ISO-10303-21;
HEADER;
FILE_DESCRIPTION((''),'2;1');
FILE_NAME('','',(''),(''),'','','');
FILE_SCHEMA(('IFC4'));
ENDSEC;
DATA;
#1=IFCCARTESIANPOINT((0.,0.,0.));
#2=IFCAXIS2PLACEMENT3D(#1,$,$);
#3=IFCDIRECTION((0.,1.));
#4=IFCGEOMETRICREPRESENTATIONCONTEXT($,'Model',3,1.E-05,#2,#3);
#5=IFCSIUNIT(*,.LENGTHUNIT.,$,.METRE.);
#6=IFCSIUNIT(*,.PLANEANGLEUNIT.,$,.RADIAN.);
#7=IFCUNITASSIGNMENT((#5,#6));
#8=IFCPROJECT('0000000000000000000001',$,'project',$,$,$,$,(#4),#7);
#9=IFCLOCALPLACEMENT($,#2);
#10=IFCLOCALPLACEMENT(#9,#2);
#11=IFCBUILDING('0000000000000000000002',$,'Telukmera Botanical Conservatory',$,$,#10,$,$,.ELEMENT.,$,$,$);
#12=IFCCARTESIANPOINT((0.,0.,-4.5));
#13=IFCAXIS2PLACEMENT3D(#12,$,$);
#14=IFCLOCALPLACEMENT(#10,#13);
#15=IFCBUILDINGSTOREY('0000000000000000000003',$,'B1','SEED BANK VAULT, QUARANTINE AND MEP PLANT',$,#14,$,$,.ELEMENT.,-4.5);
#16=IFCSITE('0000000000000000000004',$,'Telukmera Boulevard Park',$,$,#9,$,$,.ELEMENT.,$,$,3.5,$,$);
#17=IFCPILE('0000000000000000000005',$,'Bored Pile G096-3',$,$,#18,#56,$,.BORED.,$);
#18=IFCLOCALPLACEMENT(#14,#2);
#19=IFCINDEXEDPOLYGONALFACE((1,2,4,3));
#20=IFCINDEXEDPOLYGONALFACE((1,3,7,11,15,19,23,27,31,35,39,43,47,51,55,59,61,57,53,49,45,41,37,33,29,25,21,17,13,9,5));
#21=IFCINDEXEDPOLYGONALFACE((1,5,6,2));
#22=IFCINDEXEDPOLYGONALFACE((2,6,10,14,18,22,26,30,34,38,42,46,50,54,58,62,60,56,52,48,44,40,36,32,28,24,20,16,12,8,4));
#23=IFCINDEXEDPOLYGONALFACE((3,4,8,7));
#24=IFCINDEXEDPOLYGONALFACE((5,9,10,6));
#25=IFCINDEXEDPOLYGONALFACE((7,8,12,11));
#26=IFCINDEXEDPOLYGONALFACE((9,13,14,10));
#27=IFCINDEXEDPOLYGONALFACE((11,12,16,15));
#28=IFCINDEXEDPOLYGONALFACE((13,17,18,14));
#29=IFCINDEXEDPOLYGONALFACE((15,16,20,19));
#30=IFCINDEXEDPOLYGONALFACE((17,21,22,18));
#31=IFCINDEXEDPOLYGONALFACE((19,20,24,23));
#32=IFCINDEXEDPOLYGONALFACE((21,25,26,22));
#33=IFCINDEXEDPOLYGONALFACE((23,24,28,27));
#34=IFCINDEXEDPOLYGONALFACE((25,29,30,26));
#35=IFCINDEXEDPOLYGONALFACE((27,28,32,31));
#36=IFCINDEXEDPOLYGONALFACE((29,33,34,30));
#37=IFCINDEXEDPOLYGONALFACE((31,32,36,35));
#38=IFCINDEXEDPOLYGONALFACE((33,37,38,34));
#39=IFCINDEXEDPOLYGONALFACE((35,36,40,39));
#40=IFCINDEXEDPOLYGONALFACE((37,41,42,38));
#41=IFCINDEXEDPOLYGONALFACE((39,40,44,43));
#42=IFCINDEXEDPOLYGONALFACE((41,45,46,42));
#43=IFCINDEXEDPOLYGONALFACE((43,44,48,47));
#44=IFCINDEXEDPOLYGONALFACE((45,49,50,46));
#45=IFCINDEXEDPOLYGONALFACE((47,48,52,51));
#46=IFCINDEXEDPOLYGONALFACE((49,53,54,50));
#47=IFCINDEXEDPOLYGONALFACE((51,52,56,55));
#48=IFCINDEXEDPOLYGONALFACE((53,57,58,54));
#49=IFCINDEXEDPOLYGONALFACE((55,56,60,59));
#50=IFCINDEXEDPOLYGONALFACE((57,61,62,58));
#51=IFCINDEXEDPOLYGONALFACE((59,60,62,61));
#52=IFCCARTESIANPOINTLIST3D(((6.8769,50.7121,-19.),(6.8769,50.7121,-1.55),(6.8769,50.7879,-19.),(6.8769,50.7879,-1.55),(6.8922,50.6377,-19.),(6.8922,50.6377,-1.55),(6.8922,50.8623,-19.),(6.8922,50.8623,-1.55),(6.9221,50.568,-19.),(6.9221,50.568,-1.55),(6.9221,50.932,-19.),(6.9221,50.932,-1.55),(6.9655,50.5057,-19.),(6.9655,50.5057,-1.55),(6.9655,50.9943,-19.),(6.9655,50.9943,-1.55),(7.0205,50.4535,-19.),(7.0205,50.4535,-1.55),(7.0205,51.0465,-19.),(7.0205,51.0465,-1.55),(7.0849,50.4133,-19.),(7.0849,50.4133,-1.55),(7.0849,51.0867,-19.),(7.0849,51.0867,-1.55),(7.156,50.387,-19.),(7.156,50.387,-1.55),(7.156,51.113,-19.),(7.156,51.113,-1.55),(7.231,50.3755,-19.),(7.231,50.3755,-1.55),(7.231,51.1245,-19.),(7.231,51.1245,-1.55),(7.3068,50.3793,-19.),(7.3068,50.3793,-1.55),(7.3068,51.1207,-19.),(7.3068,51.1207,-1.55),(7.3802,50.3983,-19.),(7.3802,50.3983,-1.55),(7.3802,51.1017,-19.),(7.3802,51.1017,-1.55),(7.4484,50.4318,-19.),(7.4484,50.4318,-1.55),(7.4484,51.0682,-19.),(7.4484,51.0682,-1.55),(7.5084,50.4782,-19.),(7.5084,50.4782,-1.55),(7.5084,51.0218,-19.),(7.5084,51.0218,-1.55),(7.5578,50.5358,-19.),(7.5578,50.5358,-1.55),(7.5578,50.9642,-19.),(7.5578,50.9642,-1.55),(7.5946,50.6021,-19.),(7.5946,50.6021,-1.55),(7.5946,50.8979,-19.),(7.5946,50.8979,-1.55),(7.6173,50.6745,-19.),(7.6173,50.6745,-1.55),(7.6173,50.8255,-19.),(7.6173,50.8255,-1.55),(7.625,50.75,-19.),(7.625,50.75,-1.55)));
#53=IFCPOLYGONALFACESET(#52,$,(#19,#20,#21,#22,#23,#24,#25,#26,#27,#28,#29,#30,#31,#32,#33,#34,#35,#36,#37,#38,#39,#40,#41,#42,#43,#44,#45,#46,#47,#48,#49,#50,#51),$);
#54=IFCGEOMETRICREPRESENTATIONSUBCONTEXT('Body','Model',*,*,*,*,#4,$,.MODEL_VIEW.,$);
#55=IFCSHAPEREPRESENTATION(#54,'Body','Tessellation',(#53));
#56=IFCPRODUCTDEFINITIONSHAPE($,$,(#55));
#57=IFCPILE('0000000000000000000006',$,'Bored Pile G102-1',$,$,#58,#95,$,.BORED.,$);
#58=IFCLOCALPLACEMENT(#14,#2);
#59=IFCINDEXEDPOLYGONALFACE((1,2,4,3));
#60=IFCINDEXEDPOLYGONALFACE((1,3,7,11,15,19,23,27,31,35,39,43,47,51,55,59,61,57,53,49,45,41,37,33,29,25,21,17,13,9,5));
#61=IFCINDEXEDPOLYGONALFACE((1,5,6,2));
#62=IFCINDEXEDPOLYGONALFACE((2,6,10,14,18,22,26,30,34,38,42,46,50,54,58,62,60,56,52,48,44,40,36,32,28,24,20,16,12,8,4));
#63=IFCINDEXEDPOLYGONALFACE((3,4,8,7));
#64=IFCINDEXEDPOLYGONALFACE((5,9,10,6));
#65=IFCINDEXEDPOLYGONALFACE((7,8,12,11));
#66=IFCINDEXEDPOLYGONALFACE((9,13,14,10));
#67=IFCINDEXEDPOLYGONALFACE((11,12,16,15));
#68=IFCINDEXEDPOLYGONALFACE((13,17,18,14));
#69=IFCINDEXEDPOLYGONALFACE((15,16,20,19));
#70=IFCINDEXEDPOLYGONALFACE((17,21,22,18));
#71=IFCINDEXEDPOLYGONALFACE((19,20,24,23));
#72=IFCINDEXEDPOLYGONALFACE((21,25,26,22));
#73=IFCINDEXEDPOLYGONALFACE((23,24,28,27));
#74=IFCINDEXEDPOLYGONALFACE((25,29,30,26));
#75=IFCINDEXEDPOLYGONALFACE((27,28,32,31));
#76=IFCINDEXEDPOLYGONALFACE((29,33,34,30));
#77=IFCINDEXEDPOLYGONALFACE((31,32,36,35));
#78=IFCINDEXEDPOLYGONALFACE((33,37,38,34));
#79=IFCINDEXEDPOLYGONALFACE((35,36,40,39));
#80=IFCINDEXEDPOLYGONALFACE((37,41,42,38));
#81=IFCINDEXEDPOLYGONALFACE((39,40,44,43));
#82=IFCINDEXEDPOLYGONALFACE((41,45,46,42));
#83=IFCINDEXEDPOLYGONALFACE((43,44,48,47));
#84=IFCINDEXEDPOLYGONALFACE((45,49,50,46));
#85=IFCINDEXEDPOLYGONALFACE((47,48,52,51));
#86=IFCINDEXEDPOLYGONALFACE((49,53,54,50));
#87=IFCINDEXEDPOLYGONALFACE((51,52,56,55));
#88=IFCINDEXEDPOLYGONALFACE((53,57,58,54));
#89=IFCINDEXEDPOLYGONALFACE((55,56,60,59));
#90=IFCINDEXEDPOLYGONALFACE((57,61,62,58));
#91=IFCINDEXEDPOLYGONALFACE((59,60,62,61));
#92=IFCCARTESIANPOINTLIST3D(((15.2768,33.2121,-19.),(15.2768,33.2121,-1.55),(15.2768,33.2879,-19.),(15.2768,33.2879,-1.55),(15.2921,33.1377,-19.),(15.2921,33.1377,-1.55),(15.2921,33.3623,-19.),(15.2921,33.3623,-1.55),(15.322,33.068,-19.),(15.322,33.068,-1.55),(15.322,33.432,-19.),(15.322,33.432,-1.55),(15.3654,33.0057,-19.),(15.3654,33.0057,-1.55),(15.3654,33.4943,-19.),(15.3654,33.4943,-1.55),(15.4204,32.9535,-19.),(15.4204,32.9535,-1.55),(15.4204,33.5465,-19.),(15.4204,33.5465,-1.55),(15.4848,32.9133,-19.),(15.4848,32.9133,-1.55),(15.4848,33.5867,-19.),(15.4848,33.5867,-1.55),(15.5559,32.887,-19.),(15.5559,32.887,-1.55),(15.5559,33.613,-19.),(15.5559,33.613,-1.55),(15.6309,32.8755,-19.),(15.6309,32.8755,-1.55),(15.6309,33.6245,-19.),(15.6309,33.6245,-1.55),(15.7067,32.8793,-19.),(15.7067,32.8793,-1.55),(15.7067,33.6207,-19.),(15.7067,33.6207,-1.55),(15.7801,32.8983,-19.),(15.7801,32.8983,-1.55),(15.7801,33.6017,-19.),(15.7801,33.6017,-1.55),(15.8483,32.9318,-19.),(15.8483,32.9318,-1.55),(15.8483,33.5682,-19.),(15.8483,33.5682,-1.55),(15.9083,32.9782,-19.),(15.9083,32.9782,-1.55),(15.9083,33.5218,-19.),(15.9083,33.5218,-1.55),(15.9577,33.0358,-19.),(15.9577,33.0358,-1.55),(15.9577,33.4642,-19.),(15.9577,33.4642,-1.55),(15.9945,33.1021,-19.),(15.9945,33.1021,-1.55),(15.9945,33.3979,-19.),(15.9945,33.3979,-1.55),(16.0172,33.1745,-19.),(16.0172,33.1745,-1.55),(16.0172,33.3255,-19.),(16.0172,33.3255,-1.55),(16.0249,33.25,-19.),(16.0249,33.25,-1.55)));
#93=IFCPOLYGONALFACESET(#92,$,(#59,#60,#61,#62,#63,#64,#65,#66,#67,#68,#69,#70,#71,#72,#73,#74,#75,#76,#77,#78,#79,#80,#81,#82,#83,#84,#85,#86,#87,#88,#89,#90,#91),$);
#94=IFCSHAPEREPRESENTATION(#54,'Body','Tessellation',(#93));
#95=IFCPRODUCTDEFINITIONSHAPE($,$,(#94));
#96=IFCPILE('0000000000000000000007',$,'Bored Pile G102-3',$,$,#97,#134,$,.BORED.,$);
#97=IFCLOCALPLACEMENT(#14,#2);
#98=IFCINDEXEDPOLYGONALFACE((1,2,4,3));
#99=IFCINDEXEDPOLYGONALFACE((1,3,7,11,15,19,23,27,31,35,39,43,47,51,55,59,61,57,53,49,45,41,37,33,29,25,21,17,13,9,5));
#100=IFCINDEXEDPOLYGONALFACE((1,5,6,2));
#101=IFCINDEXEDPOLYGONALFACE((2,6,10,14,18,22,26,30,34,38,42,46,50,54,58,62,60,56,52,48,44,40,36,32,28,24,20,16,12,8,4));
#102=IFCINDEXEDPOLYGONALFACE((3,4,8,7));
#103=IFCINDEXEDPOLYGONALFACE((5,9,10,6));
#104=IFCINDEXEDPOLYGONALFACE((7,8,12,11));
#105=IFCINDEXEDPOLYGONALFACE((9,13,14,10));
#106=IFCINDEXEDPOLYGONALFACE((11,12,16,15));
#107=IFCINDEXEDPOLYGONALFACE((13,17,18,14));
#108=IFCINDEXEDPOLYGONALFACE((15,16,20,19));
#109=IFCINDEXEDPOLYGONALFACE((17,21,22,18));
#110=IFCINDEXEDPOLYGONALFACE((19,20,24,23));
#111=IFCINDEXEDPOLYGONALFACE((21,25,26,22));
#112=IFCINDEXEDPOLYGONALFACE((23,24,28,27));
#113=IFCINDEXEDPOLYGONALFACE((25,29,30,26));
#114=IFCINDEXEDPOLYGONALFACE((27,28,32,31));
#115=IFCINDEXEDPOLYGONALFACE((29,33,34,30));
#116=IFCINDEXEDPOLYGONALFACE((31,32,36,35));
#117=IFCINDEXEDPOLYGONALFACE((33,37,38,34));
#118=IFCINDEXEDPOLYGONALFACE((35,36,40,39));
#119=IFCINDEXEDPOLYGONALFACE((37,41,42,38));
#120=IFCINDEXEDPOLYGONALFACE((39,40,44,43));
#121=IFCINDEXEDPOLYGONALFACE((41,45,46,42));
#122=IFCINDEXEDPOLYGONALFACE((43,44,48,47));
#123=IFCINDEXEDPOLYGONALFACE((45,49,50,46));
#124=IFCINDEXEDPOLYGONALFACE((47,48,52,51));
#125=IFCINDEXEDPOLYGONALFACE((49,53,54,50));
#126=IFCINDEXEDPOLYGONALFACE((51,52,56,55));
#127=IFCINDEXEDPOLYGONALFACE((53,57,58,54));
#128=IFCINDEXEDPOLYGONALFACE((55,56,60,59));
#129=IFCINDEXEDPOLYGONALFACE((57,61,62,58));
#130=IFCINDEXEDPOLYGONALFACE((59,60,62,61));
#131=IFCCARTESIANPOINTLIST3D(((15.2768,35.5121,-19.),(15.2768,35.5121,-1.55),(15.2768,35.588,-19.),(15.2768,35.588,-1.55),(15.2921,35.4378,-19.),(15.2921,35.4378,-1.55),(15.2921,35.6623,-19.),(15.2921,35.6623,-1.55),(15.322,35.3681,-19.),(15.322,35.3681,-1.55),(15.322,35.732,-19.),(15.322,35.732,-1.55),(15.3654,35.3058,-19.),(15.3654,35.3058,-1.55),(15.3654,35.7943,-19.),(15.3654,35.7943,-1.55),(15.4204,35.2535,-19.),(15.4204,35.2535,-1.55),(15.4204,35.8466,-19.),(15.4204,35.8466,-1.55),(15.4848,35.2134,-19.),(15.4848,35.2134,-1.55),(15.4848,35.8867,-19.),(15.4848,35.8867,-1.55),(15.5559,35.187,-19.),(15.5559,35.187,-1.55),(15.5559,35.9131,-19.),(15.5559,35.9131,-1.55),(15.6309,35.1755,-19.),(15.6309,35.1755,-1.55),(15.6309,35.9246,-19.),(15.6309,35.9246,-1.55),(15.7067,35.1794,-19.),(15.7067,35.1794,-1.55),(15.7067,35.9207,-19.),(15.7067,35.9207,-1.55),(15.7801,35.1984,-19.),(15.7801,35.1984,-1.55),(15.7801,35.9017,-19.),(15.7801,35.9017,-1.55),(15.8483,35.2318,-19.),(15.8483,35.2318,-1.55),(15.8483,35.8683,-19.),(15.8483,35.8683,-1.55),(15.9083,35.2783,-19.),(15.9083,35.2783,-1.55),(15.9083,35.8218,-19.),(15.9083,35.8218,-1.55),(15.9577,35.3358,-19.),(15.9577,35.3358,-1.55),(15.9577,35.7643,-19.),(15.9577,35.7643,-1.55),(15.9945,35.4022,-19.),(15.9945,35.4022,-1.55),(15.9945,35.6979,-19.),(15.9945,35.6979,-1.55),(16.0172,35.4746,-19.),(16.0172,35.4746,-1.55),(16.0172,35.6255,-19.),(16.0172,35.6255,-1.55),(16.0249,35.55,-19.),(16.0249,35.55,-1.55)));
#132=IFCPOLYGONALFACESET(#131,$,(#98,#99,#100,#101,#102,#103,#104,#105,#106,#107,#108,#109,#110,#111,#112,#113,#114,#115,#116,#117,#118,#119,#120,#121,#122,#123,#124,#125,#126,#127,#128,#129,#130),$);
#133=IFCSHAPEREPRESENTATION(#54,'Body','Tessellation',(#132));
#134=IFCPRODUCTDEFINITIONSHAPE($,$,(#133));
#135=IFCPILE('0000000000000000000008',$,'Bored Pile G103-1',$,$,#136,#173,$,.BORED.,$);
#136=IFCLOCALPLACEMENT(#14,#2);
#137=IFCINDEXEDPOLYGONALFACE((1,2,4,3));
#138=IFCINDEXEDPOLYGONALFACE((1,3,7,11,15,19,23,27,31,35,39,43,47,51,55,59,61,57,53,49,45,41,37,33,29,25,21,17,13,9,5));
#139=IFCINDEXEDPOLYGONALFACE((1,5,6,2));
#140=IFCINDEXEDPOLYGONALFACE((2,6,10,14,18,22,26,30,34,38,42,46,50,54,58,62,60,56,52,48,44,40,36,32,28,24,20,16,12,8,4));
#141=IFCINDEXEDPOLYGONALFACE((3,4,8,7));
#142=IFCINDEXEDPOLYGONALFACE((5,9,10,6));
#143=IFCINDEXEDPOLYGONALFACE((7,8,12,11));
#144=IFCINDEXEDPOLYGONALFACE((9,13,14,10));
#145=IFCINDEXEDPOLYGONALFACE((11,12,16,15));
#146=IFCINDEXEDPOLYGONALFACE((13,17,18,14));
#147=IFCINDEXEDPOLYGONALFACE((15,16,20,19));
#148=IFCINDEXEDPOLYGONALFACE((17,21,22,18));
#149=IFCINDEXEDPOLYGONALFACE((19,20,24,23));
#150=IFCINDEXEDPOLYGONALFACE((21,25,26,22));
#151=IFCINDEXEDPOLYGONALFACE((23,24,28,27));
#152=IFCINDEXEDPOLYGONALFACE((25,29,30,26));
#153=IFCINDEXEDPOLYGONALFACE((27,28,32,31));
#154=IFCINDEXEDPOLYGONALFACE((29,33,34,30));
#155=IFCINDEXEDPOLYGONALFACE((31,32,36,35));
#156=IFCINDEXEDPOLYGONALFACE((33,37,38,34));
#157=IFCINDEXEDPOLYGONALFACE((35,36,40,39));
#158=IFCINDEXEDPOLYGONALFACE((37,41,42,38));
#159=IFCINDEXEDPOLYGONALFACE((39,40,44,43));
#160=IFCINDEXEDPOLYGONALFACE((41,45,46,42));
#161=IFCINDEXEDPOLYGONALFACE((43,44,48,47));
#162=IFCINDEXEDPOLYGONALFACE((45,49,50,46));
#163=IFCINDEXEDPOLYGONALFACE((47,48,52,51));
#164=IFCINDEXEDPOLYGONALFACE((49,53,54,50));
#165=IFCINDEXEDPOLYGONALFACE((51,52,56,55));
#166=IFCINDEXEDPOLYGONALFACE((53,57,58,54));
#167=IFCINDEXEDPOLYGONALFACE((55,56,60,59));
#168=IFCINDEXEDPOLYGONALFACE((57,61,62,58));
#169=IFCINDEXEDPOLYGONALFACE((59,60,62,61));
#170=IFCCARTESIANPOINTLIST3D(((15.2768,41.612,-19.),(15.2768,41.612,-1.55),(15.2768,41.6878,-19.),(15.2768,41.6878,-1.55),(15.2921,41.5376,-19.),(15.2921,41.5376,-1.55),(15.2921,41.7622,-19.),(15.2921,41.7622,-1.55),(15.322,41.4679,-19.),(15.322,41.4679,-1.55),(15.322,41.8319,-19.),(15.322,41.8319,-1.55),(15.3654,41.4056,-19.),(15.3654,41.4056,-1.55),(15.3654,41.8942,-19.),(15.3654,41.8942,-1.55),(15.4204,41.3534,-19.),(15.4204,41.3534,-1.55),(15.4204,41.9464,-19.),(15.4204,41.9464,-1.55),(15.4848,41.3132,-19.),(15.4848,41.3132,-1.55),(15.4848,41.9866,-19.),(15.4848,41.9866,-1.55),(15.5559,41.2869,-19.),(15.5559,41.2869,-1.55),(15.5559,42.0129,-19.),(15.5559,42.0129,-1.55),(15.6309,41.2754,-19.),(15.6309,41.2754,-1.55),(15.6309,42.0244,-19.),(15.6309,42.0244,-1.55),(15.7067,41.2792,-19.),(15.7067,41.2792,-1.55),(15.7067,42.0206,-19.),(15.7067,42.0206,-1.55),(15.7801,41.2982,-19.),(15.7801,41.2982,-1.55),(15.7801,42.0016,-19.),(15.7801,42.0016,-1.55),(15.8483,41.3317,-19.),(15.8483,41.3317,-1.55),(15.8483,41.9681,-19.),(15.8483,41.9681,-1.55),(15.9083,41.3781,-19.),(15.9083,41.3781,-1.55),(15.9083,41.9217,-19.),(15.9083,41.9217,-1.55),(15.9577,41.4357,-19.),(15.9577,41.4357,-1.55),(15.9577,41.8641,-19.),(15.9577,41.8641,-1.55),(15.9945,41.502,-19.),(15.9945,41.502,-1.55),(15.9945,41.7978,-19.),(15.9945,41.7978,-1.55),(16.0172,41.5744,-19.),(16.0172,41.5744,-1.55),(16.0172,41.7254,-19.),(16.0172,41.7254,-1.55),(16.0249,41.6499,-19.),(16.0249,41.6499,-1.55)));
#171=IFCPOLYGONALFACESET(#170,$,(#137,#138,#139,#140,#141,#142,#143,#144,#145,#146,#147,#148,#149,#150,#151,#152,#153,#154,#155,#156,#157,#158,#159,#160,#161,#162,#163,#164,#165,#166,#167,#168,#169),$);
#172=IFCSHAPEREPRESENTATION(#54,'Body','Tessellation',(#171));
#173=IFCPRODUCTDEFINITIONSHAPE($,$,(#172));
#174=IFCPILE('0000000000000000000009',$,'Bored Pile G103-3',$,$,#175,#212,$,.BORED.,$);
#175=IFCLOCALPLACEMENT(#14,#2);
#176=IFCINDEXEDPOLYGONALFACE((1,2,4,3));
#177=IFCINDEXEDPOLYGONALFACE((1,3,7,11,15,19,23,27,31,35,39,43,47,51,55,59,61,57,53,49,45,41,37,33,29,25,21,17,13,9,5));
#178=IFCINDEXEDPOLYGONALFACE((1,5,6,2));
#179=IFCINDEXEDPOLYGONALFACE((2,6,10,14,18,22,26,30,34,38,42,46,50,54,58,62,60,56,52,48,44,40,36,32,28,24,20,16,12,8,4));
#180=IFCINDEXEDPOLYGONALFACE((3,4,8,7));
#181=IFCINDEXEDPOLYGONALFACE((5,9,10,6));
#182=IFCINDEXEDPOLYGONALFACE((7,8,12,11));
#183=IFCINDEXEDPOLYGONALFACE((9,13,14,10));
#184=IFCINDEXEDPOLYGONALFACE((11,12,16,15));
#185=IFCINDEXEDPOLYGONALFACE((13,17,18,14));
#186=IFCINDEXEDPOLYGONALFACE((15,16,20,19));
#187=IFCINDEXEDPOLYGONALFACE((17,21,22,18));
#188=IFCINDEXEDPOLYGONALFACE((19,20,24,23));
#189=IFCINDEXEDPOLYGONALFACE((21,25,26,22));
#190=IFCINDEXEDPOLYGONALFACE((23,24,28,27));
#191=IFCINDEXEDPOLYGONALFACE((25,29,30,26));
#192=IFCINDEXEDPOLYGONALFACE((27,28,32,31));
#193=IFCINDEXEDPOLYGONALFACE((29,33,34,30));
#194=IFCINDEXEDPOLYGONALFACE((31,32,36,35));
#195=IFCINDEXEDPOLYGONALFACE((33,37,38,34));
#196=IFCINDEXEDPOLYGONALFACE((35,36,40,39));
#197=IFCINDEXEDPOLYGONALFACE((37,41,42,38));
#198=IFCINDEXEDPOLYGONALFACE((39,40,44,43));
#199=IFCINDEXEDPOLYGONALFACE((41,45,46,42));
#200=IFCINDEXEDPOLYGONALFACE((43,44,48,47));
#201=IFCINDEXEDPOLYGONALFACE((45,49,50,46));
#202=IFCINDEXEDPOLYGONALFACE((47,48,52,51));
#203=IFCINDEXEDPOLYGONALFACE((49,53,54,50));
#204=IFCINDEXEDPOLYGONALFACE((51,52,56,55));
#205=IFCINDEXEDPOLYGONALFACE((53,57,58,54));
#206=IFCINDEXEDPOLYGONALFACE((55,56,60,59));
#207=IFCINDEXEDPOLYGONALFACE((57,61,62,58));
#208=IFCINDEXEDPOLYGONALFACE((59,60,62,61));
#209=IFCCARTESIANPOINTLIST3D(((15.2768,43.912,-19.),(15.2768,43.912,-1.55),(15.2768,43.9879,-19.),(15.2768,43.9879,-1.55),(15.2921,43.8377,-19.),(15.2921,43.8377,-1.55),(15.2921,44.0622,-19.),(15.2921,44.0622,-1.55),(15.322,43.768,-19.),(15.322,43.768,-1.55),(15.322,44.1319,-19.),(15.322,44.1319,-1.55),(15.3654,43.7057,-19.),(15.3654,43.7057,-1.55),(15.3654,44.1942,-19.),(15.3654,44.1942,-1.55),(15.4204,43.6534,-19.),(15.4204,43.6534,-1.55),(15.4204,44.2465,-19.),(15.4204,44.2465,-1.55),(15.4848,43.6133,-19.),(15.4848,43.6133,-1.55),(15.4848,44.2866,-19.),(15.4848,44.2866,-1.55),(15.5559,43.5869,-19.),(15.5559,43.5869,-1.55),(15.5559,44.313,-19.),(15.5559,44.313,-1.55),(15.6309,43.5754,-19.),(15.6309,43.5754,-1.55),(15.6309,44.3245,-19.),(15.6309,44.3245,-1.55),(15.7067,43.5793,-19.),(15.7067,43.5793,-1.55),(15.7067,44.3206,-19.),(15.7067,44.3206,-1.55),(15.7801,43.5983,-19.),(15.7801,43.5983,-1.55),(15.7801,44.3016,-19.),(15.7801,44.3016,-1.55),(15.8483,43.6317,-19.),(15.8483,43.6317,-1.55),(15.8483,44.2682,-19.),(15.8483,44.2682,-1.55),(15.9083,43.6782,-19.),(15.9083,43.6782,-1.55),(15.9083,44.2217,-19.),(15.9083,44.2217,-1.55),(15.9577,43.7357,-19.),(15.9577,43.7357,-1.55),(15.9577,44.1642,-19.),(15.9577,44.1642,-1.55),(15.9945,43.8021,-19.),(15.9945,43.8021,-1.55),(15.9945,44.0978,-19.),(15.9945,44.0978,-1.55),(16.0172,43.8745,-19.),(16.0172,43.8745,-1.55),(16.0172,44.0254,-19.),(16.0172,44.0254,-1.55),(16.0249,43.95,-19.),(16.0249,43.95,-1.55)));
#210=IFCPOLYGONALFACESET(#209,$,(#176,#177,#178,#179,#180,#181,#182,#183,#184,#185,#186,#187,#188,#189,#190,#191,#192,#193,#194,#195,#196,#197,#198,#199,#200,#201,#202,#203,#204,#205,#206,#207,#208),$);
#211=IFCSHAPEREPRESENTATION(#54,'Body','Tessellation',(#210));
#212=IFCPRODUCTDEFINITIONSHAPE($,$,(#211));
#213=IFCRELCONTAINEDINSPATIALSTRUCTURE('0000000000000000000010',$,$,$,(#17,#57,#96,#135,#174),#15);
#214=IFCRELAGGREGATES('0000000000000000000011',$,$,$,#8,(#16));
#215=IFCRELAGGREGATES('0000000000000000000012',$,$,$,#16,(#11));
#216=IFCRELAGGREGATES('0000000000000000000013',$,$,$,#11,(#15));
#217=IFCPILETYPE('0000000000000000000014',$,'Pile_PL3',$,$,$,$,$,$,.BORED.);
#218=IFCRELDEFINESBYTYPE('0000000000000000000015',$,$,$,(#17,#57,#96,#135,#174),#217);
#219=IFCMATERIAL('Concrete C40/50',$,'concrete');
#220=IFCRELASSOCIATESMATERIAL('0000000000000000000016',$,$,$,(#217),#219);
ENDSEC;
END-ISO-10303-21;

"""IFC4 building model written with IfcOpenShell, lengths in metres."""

from ifc_helpers import new_model, si_unit, direction, frame, origin, origin_2d, place, context, subcontext, project, spatial, circle, extrude, material, material_profile, profile_set, type_object, element, save


model = new_model("IFC4")

# Units and contexts
model_context = context("Model", 3, precision=1e-05, world=origin(), true_north=direction((0.0, 1.0)))
body_context = subcontext(model_context, "Body", "Model", "MODEL_VIEW")
ifc_project = project(units=[si_unit("LENGTHUNIT", "METRE"), si_unit("PLANEANGLEUNIT", "RADIAN")], contexts=[model_context])

# Site, building, storey
site_placement = place(None, origin())
site = spatial("IfcSite", under=ifc_project, at=site_placement, Name="Telukmera Boulevard Park", CompositionType="ELEMENT", RefElevation=3.5)
building_placement = place(site_placement, origin())
building = spatial("IfcBuilding", under=site, at=building_placement, Name="Telukmera Botanical Conservatory", CompositionType="ELEMENT")
storey_placement = place(building_placement, frame((0.0, 0.0, -4.5)))
storey = spatial("IfcBuildingStorey", under=building, at=storey_placement, Name="B1", Description="SEED BANK VAULT, QUARANTINE AND MEP PLANT", CompositionType="ELEMENT", Elevation=-4.5)

# Shared definitions
ifc_material_1 = material(Name="Concrete C40/50", Category="concrete")

# Piles
ifc_material_profile_1 = material_profile(ifc_material_1, circle(Radius=0.375, at=origin_2d()), Name="PILE D750")
ifc_profile_set_1 = profile_set([ifc_material_profile_1], Name="Concrete C40/50")
pile_type = type_object("IfcPileType", Name="Pile_PL3", PredefinedType="BORED", material=ifc_profile_set_1)
for number, where, z_axis, x_axis, name in (
    (1, (7.25, 50.75, -1.55), (0.0, 0.0, -1.0), (1.0, 0.0, 0.0), "Bored Pile G096-3"),
    (2, (15.6499, 33.25, -1.55), (0.0, 0.0, -1.0), (1.0, 0.0, 0.0), "Bored Pile G102-1"),
    (3, (15.6499, 35.55, -1.55), (0.0, 0.0, -1.0), (1.0, 0.0, 0.0), "Bored Pile G102-3"),
    (4, (15.6499, 41.6499, -1.55), (0.0, 0.0, -1.0), (1.0, 0.0, 0.0), "Bored Pile G103-1"),
    (5, (15.6499, 43.95, -1.55), (0.0, 0.0, -1.0), (1.0, 0.0, 0.0), "Bored Pile G103-3"),
):
    element("IfcPile", number, at=place(storey_placement, frame(where, z_axis=z_axis, x_axis=x_axis)), inside=storey, type_object=pile_type, Name=name, PredefinedType="BORED", context=body_context, shape_type="SweptSolid", body=[
        extrude(circle(Radius=0.375, at=origin_2d()), origin(), (0.0, 0.0, 1.0), 17.45),
    ])

save(model, "model.ifc")
